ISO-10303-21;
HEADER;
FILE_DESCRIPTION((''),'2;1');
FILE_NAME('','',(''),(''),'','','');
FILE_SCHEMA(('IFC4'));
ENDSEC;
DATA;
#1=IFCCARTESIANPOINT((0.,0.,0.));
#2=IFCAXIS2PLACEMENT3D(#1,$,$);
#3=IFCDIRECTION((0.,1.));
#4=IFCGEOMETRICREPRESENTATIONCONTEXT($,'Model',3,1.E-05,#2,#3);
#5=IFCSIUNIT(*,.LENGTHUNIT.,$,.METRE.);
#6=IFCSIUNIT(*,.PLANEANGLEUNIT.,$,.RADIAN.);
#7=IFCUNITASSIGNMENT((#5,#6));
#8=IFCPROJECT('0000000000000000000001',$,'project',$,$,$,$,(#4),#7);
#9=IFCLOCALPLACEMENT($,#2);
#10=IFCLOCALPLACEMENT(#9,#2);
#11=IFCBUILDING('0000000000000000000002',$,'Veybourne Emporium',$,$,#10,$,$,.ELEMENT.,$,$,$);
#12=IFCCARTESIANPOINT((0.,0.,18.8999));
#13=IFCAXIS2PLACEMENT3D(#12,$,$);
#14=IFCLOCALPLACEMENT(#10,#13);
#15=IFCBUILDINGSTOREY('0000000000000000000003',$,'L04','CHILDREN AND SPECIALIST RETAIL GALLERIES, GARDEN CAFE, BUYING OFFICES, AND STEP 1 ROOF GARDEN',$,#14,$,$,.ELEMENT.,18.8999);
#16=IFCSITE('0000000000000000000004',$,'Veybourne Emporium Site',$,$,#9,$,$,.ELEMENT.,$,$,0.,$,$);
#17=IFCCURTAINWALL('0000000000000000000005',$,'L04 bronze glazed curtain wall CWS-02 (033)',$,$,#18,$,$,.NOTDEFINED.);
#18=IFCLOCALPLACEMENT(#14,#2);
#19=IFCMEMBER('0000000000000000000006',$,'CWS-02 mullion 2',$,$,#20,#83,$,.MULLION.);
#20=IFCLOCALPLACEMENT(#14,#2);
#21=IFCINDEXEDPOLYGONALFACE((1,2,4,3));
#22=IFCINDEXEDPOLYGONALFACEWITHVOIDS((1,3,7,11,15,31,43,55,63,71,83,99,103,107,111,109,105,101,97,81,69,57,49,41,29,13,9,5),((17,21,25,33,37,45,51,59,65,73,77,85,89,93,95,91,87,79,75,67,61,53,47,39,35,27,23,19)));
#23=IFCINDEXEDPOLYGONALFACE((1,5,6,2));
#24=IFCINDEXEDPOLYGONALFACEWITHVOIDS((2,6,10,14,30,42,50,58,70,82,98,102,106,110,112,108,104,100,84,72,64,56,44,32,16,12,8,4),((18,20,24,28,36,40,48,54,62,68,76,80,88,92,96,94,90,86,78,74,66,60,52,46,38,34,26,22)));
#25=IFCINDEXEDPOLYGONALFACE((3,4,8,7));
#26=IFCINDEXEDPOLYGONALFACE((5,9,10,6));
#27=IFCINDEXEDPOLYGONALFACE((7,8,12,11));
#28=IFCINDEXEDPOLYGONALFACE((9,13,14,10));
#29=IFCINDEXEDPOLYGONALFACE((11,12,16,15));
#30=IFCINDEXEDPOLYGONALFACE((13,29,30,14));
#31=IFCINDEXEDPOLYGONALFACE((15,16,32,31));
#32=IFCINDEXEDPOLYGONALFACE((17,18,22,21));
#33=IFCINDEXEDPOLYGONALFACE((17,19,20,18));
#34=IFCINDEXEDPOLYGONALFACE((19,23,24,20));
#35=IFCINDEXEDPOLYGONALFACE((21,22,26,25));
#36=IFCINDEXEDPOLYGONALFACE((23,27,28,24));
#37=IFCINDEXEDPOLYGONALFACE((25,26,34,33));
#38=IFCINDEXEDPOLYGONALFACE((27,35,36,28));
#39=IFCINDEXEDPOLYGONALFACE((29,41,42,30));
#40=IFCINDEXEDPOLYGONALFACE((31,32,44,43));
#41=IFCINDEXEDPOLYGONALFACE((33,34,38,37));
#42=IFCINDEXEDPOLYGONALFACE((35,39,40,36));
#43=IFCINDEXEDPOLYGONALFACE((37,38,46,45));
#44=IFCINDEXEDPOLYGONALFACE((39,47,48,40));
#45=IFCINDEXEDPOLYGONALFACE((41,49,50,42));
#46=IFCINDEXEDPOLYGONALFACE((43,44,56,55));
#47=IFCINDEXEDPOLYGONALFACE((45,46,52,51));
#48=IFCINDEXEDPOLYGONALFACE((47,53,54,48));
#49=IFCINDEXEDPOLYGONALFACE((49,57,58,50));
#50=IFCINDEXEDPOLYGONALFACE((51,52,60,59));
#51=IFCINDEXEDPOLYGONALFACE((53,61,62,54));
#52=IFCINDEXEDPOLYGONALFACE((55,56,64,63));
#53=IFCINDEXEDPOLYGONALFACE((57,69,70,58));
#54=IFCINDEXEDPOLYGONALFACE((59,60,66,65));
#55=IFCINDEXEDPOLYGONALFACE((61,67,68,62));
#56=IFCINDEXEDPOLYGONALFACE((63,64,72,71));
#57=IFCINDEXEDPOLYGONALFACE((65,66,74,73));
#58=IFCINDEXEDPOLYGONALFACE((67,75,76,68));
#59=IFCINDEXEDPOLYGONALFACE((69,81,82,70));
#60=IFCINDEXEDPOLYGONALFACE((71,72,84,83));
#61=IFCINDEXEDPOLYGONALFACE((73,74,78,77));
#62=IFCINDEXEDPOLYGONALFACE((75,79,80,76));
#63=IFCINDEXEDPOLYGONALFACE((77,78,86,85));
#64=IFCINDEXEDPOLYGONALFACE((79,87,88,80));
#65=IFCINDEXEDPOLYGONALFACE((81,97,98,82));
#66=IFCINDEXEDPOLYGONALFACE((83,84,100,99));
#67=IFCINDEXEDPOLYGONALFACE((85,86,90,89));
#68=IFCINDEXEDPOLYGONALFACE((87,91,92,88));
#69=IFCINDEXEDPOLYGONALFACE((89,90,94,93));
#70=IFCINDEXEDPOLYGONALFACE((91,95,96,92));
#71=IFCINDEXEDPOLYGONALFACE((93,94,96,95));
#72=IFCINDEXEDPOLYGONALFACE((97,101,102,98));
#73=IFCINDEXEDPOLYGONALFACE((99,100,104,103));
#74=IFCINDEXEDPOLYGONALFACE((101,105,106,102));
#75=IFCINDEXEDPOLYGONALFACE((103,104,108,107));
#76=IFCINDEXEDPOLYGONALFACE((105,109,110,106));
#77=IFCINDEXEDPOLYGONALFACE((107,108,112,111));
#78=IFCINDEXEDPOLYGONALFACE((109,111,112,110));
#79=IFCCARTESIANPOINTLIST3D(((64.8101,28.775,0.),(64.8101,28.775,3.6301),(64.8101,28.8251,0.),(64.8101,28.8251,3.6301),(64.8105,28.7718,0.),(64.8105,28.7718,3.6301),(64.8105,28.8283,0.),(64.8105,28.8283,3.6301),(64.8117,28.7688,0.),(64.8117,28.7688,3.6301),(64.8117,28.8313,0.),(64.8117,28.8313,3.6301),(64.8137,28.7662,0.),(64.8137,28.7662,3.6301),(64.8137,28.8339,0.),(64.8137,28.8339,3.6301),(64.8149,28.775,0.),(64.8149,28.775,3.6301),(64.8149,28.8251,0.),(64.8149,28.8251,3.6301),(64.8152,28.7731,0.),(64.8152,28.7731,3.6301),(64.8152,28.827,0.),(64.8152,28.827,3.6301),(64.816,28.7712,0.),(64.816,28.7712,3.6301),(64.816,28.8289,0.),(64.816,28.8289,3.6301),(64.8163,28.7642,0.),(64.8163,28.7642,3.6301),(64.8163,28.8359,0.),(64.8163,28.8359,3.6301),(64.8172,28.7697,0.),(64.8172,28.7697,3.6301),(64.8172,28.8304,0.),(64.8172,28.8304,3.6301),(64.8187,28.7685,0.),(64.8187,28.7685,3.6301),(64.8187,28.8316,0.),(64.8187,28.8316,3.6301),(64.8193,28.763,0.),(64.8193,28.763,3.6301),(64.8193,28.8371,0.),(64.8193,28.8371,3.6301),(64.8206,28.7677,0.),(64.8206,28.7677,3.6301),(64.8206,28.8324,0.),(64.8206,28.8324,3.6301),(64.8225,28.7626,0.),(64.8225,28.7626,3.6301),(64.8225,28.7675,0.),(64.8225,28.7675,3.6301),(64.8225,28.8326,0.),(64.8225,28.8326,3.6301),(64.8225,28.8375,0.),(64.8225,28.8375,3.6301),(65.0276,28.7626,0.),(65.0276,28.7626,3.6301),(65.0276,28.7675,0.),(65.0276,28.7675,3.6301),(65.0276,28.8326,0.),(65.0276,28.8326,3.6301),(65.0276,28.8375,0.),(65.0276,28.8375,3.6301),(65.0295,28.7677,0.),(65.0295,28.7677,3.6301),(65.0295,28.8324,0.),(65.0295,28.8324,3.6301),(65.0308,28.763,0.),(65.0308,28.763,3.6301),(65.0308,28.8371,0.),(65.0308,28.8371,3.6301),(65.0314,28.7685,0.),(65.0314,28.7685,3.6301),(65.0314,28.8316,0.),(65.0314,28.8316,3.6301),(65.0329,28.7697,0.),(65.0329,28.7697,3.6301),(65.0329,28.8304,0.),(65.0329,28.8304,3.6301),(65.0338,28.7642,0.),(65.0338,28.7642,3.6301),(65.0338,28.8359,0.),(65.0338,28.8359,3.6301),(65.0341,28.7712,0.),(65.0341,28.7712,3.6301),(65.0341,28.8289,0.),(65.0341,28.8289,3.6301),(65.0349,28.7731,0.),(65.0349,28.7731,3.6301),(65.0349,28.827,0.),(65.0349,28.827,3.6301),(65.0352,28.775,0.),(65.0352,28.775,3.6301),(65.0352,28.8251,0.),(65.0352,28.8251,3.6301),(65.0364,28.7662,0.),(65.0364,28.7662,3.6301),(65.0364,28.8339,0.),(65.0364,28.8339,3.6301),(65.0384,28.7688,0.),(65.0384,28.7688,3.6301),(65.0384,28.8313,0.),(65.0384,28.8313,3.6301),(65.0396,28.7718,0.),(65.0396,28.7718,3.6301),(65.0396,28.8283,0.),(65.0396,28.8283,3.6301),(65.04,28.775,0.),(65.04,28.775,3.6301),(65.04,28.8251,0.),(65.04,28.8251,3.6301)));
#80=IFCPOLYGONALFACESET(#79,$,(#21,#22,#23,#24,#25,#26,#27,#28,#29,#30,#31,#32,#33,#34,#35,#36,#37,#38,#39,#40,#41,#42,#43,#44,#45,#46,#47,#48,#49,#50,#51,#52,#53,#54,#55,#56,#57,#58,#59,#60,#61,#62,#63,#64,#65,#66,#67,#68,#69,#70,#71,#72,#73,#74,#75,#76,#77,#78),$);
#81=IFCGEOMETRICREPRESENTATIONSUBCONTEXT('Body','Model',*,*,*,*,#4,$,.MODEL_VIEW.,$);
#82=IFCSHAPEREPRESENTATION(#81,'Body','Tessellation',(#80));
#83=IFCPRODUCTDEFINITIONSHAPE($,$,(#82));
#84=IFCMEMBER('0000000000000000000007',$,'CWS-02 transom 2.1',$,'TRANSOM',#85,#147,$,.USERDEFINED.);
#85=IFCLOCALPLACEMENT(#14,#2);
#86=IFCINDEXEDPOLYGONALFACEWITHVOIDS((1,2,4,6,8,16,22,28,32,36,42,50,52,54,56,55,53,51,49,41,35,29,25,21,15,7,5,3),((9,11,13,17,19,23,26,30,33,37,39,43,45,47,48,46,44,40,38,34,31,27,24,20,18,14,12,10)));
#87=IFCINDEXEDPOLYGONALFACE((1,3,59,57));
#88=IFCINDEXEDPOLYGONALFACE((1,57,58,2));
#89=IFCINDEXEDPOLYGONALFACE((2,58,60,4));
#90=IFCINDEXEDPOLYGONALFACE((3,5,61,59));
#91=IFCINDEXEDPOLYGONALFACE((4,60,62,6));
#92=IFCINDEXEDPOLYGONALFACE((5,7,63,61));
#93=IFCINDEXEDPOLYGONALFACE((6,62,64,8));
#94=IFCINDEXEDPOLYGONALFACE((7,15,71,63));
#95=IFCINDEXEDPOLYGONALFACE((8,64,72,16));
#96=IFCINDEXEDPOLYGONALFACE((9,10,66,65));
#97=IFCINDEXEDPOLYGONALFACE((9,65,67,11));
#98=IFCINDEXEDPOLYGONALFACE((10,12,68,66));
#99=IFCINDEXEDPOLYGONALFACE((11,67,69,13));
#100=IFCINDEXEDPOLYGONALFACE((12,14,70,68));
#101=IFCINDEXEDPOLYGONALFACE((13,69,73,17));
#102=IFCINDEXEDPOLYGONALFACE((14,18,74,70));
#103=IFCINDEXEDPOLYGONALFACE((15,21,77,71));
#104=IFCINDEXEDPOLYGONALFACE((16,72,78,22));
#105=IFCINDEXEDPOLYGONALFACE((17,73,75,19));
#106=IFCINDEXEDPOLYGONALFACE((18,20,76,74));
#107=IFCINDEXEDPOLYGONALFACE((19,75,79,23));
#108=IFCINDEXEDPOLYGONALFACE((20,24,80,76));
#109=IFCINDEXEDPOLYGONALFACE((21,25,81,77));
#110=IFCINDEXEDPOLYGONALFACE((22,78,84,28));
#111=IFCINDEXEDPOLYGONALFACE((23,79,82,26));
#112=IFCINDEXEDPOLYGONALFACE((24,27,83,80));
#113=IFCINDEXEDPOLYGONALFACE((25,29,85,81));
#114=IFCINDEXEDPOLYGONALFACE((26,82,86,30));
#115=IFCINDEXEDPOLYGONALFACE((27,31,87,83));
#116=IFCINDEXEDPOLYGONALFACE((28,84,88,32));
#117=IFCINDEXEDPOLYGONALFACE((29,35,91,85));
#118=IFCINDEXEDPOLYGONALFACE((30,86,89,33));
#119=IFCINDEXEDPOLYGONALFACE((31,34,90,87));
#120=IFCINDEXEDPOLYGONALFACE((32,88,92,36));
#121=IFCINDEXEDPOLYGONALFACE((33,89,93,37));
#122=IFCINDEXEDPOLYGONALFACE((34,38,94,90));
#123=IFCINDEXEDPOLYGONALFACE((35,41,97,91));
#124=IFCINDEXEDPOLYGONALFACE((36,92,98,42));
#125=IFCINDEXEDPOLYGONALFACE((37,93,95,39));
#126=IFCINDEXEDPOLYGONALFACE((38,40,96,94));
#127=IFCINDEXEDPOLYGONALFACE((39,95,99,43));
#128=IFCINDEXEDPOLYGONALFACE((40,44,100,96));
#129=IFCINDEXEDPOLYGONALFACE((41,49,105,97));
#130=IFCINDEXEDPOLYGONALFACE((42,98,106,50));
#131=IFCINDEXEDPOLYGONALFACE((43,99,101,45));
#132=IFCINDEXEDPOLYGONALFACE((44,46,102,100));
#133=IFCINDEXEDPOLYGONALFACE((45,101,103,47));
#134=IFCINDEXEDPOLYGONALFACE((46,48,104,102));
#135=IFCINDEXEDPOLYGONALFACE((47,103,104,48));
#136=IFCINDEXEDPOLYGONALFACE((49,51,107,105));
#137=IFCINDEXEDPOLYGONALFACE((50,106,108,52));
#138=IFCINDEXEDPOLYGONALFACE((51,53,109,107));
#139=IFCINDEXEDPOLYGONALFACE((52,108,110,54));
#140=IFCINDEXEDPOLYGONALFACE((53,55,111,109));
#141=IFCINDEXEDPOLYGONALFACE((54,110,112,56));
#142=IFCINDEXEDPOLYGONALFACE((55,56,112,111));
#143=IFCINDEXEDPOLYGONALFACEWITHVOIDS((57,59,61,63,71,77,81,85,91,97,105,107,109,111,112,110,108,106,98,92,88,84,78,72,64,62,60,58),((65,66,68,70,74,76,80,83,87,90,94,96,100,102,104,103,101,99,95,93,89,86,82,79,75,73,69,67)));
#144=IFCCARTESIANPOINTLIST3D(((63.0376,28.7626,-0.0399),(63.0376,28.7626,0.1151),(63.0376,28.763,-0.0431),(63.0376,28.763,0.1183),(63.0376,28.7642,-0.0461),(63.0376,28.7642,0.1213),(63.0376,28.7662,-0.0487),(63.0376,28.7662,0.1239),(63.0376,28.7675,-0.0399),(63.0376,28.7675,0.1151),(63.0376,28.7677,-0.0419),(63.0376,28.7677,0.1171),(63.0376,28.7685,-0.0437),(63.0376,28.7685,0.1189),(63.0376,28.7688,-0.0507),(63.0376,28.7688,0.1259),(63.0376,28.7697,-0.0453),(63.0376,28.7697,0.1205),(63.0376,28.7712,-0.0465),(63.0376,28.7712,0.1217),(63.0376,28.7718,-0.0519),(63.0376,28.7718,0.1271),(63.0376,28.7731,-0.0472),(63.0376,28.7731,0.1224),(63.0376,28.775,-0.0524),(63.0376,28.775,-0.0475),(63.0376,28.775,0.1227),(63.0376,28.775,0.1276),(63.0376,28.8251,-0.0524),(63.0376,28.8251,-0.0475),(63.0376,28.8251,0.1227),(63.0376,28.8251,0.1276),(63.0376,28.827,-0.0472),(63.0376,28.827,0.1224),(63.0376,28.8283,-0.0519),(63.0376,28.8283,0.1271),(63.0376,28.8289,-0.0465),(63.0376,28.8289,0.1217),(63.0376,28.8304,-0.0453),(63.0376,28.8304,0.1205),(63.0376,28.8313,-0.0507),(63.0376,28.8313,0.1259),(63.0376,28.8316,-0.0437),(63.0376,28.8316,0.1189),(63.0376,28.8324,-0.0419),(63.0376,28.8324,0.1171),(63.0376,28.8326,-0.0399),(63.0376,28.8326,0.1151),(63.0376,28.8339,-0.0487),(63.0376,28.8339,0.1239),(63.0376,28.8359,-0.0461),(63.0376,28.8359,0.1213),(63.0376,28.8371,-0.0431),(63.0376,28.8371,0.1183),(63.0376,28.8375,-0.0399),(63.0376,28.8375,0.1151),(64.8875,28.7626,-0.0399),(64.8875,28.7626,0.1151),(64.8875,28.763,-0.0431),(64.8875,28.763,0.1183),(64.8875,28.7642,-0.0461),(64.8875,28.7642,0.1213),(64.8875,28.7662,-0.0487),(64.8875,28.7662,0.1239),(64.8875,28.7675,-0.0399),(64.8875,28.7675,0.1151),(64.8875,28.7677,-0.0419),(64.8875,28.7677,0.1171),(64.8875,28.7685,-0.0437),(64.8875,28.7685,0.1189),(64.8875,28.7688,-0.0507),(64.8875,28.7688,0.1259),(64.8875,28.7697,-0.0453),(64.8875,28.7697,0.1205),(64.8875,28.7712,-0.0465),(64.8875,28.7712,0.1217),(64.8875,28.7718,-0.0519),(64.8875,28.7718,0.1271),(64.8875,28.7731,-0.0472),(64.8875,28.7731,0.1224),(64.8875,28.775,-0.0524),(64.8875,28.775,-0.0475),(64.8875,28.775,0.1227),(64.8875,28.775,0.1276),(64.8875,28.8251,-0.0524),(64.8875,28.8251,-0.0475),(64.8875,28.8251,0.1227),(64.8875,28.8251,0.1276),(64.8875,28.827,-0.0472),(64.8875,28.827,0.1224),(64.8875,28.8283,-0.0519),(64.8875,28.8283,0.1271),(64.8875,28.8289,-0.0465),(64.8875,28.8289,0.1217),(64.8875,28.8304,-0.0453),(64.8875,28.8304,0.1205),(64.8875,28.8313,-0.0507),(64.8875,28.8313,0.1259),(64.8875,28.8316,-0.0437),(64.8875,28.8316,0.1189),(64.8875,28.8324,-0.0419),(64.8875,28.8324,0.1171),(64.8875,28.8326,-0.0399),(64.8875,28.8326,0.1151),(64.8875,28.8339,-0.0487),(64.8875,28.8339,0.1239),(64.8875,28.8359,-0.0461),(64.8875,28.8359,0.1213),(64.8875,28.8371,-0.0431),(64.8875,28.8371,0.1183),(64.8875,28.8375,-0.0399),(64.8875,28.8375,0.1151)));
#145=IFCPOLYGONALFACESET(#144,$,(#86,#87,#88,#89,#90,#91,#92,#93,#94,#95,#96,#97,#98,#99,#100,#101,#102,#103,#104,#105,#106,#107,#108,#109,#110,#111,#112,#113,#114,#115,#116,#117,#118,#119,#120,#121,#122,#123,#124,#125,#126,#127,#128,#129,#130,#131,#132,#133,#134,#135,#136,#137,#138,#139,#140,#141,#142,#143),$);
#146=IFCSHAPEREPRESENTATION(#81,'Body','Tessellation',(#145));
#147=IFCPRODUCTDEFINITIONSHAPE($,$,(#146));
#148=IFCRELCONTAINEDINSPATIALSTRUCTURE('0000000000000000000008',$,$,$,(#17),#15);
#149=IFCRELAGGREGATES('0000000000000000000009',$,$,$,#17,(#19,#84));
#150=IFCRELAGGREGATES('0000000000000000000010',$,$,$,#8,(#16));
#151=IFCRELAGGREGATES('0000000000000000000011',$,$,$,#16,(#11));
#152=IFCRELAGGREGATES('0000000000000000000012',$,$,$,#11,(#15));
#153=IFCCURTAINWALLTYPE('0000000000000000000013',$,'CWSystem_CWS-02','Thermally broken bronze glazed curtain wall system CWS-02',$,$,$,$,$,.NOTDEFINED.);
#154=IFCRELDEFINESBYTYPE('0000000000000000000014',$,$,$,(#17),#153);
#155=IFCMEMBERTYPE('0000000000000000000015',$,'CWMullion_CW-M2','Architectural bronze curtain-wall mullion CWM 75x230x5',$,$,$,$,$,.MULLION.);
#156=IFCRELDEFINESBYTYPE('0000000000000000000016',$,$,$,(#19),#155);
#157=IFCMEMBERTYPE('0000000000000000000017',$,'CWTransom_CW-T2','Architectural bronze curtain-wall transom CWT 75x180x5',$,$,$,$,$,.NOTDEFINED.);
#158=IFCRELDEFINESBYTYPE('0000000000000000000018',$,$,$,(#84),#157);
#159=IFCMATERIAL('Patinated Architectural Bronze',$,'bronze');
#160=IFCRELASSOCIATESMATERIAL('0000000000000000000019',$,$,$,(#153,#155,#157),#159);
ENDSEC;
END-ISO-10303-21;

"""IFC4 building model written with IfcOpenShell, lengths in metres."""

from ifc_helpers import new_model, si_unit, direction, frame, origin, origin_2d, place, context, subcontext, project, spatial, hollow_rectangle, extrude, material, material_profile, profile_set, type_object, element, aggregate, save


model = new_model("IFC4")

# Units and contexts
model_context = context("Model", 3, precision=1e-05, world=origin(), true_north=direction((0.0, 1.0)))
body_context = subcontext(model_context, "Body", "Model", "MODEL_VIEW")
ifc_project = project(units=[si_unit("LENGTHUNIT", "METRE"), si_unit("PLANEANGLEUNIT", "RADIAN")], contexts=[model_context])

# Site, building, storey
site_placement = place(None, origin())
site = spatial("IfcSite", under=ifc_project, at=site_placement, Name="Veybourne Emporium Site", CompositionType="ELEMENT", RefElevation=0.0)
building_placement = place(site_placement, origin())
building = spatial("IfcBuilding", under=site, at=building_placement, Name="Veybourne Emporium", CompositionType="ELEMENT")
storey_placement = place(building_placement, frame((0.0, 0.0, 18.8999)))
storey = spatial("IfcBuildingStorey", under=building, at=storey_placement, Name="L04", Description="CHILDREN AND SPECIALIST RETAIL GALLERIES, GARDEN CAFE, BUYING OFFICES, AND STEP 1 ROOF GARDEN", CompositionType="ELEMENT", Elevation=18.8999)

# Curtain wall, members
ifc_material_1 = material(Name="Patinated Architectural Bronze", Category="bronze")
curtain_wall_type = type_object("IfcCurtainWallType", Name="CWSystem_CWS-02", Description="Thermally broken bronze glazed curtain wall system CWS-02", PredefinedType="NOTDEFINED", material=ifc_material_1)
curtain_wall_placement = place(storey_placement, origin())
curtain_wall = element("IfcCurtainWall", 1, at=curtain_wall_placement, inside=storey, type_object=curtain_wall_type, Name="L04 bronze glazed curtain wall CWS-02 (033)", PredefinedType="NOTDEFINED")
ifc_material_profile_1 = material_profile(ifc_material_1, hollow_rectangle(XDim=0.075, YDim=0.23, WallThickness=0.0049, InnerFilletRadius=0.0076, OuterFilletRadius=0.0125, at=origin_2d()), Name="CWM 75x230x5")
ifc_profile_set_1 = profile_set([ifc_material_profile_1], Name="Patinated Architectural Bronze")
member_type_1 = type_object("IfcMemberType", Name="CWMullion_CW-M2", Description="Architectural bronze curtain-wall mullion CWM 75x230x5", PredefinedType="MULLION", material=ifc_profile_set_1)
member_1_placement = place(storey_placement, frame((64.925, 28.8, 0.0), z_axis=(0.0, 0.0, 1.0), x_axis=(0.0, -1.0, 0.0)))
member_1 = element("IfcMember", 2, at=member_1_placement, type_object=member_type_1, Name="CWS-02 mullion 2", PredefinedType="MULLION", context=body_context, shape_type="SweptSolid", body=[
    extrude(hollow_rectangle(XDim=0.075, YDim=0.23, WallThickness=0.0049, InnerFilletRadius=0.0076, OuterFilletRadius=0.0125, at=origin_2d()), origin(), (0.0, 0.0, 1.0), 3.6301),
])
ifc_material_profile_2 = material_profile(ifc_material_1, hollow_rectangle(XDim=0.075, YDim=0.1799, WallThickness=0.0049, InnerFilletRadius=0.0076, OuterFilletRadius=0.0125, at=origin_2d()), Name="CWT 75x180x5")
ifc_profile_set_2 = profile_set([ifc_material_profile_2], Name="Patinated Architectural Bronze")
member_type_2 = type_object("IfcMemberType", Name="CWTransom_CW-T2", Description="Architectural bronze curtain-wall transom CWT 75x180x5", PredefinedType="NOTDEFINED", material=ifc_profile_set_2)
member_2_placement = place(storey_placement, frame((64.8875, 28.8, 0.0376), z_axis=(-1.0, 0.0, 0.0), x_axis=(0.0, -1.0, 0.0)))
member_2 = element("IfcMember", 3, at=member_2_placement, type_object=member_type_2, Name="CWS-02 transom 2.1", ObjectType="TRANSOM", PredefinedType="USERDEFINED", context=body_context, shape_type="SweptSolid", body=[
    extrude(hollow_rectangle(XDim=0.075, YDim=0.1799, WallThickness=0.0049, InnerFilletRadius=0.0076, OuterFilletRadius=0.0125, at=origin_2d()), origin(), (0.0, 0.0, 1.0), 1.8499),
])
aggregate(curtain_wall, [member_1, member_2])

save(model, "model.ifc")
